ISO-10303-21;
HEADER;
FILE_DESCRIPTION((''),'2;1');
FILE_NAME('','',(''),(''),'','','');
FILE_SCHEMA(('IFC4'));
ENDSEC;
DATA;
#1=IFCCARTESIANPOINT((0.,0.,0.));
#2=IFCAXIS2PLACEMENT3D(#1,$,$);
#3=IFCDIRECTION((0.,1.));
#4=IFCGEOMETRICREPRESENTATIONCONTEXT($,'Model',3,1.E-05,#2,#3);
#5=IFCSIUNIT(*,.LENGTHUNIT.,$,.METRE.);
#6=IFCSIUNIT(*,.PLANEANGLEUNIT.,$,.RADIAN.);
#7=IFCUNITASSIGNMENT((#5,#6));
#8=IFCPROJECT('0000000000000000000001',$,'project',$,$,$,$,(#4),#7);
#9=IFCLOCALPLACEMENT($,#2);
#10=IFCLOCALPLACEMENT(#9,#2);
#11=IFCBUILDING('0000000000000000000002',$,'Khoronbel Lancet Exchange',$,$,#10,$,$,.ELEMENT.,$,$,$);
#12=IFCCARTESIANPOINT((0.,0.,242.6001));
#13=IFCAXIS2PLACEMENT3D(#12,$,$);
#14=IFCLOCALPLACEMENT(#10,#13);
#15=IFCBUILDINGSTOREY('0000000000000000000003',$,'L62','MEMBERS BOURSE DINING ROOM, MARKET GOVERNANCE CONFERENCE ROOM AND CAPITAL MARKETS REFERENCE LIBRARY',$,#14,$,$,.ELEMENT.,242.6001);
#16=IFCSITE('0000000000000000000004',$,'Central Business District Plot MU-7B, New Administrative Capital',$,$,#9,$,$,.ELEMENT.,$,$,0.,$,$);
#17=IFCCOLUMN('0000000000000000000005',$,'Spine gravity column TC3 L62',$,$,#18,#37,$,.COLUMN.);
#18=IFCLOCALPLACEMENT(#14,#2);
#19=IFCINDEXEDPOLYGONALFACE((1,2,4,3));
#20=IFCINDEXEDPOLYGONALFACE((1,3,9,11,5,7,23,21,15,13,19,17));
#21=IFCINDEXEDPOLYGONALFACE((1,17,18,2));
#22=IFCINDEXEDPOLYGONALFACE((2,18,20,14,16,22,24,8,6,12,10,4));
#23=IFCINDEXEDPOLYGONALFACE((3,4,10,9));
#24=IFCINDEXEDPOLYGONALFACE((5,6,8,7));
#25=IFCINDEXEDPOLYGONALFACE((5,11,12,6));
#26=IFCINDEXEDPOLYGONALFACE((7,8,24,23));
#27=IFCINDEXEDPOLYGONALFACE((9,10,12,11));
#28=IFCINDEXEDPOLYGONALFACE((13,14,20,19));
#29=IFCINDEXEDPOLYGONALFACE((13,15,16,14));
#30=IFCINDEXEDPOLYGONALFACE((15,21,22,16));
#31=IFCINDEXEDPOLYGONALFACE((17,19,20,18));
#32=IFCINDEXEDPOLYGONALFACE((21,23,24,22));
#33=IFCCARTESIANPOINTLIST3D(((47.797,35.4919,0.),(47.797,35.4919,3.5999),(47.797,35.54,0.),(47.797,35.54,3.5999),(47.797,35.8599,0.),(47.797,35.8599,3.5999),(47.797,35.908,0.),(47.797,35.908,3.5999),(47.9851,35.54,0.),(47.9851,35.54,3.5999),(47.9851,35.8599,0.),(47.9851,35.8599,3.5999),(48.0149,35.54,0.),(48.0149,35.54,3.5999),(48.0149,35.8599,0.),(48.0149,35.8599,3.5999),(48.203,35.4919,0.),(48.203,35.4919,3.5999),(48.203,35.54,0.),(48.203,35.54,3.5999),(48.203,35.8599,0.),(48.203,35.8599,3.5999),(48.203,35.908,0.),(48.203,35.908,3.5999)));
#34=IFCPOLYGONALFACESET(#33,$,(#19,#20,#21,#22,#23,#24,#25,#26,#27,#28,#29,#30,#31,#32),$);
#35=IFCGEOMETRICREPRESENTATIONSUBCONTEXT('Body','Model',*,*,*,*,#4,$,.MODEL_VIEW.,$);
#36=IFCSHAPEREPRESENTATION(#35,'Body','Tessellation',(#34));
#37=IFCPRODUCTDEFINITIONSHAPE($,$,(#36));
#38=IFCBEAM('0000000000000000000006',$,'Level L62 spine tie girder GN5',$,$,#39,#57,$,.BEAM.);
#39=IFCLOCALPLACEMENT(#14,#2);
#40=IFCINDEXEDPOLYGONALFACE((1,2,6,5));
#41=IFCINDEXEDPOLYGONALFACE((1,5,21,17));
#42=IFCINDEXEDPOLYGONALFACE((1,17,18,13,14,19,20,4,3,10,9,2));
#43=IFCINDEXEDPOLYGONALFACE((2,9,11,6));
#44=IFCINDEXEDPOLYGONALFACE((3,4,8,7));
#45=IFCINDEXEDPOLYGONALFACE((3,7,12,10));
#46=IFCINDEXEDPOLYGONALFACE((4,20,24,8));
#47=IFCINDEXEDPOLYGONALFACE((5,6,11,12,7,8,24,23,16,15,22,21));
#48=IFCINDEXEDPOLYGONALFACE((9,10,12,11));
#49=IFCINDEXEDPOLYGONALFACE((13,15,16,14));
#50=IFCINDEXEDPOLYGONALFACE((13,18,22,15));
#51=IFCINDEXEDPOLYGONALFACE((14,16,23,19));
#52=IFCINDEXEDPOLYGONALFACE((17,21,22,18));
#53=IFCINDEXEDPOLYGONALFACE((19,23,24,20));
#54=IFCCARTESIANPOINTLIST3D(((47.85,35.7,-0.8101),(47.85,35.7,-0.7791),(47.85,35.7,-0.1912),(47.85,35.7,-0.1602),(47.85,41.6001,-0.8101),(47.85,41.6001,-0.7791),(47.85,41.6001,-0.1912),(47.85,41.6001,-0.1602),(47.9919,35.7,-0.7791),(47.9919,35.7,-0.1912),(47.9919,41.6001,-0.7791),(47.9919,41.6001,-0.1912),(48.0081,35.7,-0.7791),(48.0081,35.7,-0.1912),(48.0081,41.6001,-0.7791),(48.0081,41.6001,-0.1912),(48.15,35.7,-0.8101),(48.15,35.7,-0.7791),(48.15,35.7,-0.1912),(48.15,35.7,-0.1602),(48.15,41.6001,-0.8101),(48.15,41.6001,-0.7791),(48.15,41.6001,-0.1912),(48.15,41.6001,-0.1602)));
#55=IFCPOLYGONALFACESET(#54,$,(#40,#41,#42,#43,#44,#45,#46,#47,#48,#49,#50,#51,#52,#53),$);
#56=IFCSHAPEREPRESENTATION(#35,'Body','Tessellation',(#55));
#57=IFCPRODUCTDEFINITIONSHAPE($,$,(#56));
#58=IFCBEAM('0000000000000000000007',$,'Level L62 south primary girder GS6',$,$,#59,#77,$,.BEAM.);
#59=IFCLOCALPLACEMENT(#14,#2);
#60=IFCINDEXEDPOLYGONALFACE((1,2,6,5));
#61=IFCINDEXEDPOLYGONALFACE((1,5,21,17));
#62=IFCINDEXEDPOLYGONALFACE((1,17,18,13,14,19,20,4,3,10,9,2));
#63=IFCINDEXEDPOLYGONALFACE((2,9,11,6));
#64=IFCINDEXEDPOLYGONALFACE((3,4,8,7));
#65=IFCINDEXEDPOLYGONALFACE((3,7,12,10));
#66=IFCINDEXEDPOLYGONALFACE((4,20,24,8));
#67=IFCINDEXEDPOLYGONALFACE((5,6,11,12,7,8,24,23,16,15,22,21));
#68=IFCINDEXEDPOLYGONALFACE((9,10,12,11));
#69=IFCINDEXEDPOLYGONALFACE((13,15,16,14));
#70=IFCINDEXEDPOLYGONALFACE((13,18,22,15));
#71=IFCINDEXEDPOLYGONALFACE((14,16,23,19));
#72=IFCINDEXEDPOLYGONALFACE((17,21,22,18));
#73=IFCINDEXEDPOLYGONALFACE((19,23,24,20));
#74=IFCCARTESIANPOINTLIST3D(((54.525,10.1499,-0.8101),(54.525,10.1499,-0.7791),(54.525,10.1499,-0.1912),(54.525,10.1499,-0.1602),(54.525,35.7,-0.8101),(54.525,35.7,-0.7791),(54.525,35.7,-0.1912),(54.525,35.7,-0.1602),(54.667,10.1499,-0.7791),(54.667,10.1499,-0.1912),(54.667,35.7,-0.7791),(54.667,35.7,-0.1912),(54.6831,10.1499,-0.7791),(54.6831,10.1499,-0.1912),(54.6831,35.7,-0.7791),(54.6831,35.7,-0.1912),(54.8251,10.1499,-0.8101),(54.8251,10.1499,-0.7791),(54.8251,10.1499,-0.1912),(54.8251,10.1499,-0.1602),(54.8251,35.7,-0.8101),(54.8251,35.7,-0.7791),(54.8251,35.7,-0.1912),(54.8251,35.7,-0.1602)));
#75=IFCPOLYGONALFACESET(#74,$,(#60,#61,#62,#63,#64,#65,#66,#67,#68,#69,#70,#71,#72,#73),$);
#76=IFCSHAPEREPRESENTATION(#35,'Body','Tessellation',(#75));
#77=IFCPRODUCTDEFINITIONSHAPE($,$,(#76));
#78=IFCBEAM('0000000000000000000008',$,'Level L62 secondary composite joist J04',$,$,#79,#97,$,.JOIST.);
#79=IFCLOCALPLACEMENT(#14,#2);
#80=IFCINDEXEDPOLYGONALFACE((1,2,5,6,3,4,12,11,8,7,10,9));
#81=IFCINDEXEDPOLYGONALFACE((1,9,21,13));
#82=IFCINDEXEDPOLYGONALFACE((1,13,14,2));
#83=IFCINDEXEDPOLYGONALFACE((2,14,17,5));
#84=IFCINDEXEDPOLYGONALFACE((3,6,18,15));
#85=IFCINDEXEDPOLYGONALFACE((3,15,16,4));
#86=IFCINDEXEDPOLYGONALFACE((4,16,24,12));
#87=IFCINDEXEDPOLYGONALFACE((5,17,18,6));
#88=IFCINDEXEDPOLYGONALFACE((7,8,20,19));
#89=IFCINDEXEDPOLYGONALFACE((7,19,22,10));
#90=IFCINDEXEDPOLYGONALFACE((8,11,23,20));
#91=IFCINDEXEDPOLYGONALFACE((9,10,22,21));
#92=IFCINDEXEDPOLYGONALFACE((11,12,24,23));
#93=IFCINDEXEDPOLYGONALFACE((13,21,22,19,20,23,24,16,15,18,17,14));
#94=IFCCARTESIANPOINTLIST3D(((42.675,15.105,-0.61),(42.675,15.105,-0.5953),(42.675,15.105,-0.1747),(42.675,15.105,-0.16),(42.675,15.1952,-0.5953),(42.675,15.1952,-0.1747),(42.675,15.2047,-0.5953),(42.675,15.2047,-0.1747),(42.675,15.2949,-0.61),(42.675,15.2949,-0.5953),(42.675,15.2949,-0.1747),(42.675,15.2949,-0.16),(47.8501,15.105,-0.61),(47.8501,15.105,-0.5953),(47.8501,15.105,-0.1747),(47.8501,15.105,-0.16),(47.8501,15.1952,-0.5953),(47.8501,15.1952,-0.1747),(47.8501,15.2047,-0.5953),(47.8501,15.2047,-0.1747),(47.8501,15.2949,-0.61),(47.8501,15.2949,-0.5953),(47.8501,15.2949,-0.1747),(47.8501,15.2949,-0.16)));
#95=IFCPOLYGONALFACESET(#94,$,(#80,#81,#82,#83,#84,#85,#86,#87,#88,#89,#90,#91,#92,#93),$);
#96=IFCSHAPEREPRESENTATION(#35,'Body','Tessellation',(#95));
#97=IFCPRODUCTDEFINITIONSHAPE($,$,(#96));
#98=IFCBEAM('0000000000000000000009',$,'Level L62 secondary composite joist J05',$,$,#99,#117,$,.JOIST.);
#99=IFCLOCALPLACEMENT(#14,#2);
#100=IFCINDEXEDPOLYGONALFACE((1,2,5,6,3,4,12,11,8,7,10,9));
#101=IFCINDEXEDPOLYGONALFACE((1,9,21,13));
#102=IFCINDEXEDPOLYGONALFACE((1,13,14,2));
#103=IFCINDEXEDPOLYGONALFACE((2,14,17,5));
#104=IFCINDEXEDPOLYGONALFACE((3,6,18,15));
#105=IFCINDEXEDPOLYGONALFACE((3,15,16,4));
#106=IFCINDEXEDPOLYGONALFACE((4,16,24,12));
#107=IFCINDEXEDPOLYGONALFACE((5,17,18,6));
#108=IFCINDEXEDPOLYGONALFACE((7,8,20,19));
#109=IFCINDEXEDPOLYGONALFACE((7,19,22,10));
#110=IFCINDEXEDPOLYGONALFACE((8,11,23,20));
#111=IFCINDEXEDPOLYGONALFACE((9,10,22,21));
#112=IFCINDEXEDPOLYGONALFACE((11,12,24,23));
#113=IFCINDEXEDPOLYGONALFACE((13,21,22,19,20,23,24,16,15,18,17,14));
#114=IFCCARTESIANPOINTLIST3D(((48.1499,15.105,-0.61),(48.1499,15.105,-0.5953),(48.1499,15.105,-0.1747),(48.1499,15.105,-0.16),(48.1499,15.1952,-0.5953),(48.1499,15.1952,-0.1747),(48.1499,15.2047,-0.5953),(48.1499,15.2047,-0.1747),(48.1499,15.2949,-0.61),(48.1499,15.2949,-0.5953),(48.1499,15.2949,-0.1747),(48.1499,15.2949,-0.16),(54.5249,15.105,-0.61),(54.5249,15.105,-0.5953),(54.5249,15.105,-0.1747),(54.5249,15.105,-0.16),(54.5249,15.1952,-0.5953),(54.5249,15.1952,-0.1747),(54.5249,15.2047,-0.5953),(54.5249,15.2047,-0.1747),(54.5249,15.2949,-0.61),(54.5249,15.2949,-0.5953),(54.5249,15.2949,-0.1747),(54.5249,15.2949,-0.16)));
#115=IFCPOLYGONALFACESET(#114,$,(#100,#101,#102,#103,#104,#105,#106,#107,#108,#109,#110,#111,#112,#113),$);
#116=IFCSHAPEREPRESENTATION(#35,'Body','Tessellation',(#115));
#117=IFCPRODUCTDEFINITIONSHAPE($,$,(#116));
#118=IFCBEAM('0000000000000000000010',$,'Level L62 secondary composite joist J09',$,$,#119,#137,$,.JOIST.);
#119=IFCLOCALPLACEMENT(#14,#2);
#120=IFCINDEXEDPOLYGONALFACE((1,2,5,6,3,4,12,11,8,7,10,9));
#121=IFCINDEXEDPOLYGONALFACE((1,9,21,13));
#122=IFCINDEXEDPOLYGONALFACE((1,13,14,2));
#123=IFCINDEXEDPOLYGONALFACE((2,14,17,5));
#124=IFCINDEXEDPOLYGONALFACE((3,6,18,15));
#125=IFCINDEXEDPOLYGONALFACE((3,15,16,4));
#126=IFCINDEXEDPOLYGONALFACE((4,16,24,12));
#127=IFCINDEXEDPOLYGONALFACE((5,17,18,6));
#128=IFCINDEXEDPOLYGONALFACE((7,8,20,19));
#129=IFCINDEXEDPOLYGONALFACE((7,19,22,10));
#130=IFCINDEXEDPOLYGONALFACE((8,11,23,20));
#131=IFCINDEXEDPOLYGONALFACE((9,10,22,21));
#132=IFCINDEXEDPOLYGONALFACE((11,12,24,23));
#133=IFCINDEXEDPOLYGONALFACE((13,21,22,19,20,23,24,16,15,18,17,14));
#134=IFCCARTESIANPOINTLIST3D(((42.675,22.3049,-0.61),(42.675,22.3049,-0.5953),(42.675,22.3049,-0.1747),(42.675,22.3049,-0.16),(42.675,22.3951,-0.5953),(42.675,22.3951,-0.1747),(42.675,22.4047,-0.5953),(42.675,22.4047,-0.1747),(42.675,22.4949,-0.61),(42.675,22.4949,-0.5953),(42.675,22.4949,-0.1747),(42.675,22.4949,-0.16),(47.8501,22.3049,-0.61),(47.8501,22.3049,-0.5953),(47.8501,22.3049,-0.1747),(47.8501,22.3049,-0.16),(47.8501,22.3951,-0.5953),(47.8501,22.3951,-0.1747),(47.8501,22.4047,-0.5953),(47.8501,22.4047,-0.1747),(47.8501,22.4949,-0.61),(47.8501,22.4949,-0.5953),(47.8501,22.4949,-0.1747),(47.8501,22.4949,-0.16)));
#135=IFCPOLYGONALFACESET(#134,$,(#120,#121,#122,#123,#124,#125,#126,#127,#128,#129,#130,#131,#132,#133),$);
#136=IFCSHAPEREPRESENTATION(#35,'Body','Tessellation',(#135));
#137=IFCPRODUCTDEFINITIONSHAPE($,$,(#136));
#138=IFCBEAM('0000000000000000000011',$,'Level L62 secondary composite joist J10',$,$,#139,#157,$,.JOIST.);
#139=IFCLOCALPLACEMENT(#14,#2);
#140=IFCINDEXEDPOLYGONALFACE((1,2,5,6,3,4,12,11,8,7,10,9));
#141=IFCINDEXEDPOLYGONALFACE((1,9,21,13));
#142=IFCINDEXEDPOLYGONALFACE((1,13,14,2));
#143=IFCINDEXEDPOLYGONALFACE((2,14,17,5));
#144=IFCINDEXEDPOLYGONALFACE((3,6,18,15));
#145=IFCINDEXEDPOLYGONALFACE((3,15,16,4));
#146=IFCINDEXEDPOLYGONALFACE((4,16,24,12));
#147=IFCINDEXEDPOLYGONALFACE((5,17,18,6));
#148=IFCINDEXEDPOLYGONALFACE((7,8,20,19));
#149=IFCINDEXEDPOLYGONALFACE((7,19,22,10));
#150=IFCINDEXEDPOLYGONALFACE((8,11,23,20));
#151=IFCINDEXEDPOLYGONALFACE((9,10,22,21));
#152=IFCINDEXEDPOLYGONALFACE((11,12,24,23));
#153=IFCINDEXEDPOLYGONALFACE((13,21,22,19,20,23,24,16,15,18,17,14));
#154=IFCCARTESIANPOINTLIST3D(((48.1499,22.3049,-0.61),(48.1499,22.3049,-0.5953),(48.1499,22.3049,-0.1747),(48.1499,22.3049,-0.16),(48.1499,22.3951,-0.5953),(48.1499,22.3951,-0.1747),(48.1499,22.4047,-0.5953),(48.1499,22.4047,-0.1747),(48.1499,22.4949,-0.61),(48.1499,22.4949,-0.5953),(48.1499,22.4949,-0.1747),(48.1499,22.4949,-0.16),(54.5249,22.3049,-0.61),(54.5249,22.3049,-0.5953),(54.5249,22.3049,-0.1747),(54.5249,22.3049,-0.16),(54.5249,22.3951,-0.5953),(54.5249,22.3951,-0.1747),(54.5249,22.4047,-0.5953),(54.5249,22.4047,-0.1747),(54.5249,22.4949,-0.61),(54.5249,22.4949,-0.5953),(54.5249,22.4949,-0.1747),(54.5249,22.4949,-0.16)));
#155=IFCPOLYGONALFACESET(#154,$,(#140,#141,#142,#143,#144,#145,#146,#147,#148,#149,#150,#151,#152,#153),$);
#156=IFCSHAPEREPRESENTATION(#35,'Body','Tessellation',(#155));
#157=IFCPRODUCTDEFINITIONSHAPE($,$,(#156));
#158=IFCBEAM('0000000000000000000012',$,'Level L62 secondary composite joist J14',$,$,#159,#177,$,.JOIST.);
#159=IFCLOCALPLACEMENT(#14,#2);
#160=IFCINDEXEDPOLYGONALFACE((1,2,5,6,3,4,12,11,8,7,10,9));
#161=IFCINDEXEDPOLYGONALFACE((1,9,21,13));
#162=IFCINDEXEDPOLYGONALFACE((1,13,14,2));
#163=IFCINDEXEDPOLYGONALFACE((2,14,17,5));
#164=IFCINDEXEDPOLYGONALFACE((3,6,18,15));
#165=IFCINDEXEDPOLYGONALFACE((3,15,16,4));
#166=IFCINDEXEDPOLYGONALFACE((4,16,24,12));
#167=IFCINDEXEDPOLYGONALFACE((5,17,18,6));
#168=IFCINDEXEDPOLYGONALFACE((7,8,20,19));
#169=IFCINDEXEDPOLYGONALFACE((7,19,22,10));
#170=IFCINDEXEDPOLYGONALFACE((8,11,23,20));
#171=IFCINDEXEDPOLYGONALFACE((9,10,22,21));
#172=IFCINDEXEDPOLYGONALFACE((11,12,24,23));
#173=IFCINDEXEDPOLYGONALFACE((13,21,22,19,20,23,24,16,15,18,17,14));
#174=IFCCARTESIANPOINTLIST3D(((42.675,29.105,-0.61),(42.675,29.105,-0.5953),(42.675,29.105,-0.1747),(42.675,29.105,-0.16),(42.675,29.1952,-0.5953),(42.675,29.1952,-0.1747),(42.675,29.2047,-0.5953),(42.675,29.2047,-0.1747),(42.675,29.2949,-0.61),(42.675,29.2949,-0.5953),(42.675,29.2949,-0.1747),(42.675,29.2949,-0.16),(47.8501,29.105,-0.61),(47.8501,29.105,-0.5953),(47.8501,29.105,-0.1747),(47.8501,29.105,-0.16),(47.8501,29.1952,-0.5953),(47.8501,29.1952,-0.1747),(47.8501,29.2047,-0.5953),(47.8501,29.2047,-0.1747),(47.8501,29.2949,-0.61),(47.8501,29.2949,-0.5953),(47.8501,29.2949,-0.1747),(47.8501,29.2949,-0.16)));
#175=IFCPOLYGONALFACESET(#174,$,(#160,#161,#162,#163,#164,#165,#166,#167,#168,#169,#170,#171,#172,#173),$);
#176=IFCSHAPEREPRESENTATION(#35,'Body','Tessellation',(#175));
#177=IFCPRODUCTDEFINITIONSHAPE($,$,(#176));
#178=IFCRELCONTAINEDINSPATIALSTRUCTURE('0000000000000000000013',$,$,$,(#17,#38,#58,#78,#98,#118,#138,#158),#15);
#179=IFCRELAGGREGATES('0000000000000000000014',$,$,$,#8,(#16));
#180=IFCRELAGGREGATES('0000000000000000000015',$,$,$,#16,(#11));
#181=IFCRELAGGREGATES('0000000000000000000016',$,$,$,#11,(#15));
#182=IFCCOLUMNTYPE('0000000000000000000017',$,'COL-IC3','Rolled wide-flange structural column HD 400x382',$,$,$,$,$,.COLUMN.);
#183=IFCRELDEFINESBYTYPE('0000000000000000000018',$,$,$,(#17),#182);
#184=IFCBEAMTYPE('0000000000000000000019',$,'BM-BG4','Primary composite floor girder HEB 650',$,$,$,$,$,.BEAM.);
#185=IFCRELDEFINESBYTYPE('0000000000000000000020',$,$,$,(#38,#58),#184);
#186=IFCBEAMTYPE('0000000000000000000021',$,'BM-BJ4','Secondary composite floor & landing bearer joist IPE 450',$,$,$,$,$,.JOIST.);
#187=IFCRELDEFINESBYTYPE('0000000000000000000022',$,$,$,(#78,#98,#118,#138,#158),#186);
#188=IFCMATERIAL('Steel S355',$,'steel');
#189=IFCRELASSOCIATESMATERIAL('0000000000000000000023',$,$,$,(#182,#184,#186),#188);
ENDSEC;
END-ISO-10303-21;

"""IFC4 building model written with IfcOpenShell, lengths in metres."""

from ifc_helpers import new_model, si_unit, direction, frame, origin, origin_2d, place, context, subcontext, project, spatial, i_section, extrude, material, material_profile, profile_set, type_object, element, save


model = new_model("IFC4")

# Units and contexts
model_context = context("Model", 3, precision=1e-05, world=origin(), true_north=direction((0.0, 1.0)))
body_context = subcontext(model_context, "Body", "Model", "MODEL_VIEW")
ifc_project = project(units=[si_unit("LENGTHUNIT", "METRE"), si_unit("PLANEANGLEUNIT", "RADIAN")], contexts=[model_context])

# Site, building, storey
site_placement = place(None, origin())
site = spatial("IfcSite", under=ifc_project, at=site_placement, Name="Central Business District Plot MU-7B, New Administrative Capital", CompositionType="ELEMENT", RefElevation=0.0)
building_placement = place(site_placement, origin())
building = spatial("IfcBuilding", under=site, at=building_placement, Name="Khoronbel Lancet Exchange", CompositionType="ELEMENT")
storey_placement = place(building_placement, frame((0.0, 0.0, 242.6001)))
storey = spatial("IfcBuildingStorey", under=building, at=storey_placement, Name="L62", Description="MEMBERS BOURSE DINING ROOM, MARKET GOVERNANCE CONFERENCE ROOM AND CAPITAL MARKETS REFERENCE LIBRARY", CompositionType="ELEMENT", Elevation=242.6001)

# Column
ifc_material_1 = material(Name="Steel S355", Category="steel")
ifc_material_profile_1 = material_profile(ifc_material_1, i_section(OverallWidth=0.406, OverallDepth=0.416, WebThickness=0.0298, FlangeThickness=0.0481, at=origin_2d()), Name="HD 400x382")
ifc_profile_set_1 = profile_set([ifc_material_profile_1], Name="Steel S355")
column_type = type_object("IfcColumnType", Name="COL-IC3", Description="Rolled wide-flange structural column HD 400x382", PredefinedType="COLUMN", material=ifc_profile_set_1)
column_placement = place(storey_placement, frame((48.0, 35.7, 0.0), z_axis=(0.0, 0.0, 1.0), x_axis=(1.0, 0.0, 0.0)))
element("IfcColumn", 1, at=column_placement, inside=storey, type_object=column_type, Name="Spine gravity column TC3 L62", PredefinedType="COLUMN", context=body_context, shape_type="SweptSolid", body=[
    extrude(i_section(OverallWidth=0.406, OverallDepth=0.416, WebThickness=0.0298, FlangeThickness=0.0481, at=origin_2d()), origin(), (0.0, 0.0, 1.0), 3.5999),
])

# Beams
ifc_material_profile_2 = material_profile(ifc_material_1, i_section(OverallWidth=0.3, OverallDepth=0.6499, WebThickness=0.0161, FlangeThickness=0.031, at=origin_2d()), Name="HEB 650")
ifc_profile_set_2 = profile_set([ifc_material_profile_2], Name="Steel S355")
beam_type_1 = type_object("IfcBeamType", Name="BM-BG4", Description="Primary composite floor girder HEB 650", PredefinedType="BEAM", material=ifc_profile_set_2)
beam_1_placement = place(storey_placement, frame((48.0, 35.7, -0.4851), z_axis=(0.0, 1.0, 0.0), x_axis=(-1.0, 0.0, 0.0)))
element("IfcBeam", 2, at=beam_1_placement, inside=storey, type_object=beam_type_1, Name="Level L62 spine tie girder GN5", PredefinedType="BEAM", context=body_context, shape_type="SweptSolid", body=[
    extrude(i_section(OverallWidth=0.3, OverallDepth=0.6499, WebThickness=0.0161, FlangeThickness=0.031, at=origin_2d()), origin(), (0.0, 0.0, 1.0), 5.9001),
])
beam_2_placement = place(storey_placement, frame((54.675, 10.1499, -0.4851), z_axis=(0.0, 1.0, 0.0), x_axis=(-1.0, 0.0, 0.0)))
element("IfcBeam", 3, at=beam_2_placement, inside=storey, type_object=beam_type_1, Name="Level L62 south primary girder GS6", PredefinedType="BEAM", context=body_context, shape_type="SweptSolid", body=[
    extrude(i_section(OverallWidth=0.3, OverallDepth=0.6499, WebThickness=0.0161, FlangeThickness=0.031, at=origin_2d()), origin(), (0.0, 0.0, 1.0), 25.55),
])
ifc_material_profile_3 = material_profile(ifc_material_1, i_section(OverallWidth=0.1899, OverallDepth=0.45, WebThickness=0.0095, FlangeThickness=0.0146, at=origin_2d()), Name="IPE 450")
ifc_profile_set_3 = profile_set([ifc_material_profile_3], Name="Steel S355")
beam_type_2 = type_object("IfcBeamType", Name="BM-BJ4", Description="Secondary composite floor & landing bearer joist IPE 450", PredefinedType="JOIST", material=ifc_profile_set_3)
beam_3_placement = place(storey_placement, frame((42.675, 15.2, -0.385), z_axis=(1.0, 0.0, 0.0), x_axis=(0.0, 1.0, 0.0)))
element("IfcBeam", 4, at=beam_3_placement, inside=storey, type_object=beam_type_2, Name="Level L62 secondary composite joist J04", PredefinedType="JOIST", context=body_context, shape_type="SweptSolid", body=[
    extrude(i_section(OverallWidth=0.1899, OverallDepth=0.45, WebThickness=0.0095, FlangeThickness=0.0146, at=origin_2d()), origin(), (0.0, 0.0, 1.0), 5.175),
])
beam_4_placement = place(storey_placement, frame((48.1499, 15.2, -0.385), z_axis=(1.0, 0.0, 0.0), x_axis=(0.0, 1.0, 0.0)))
element("IfcBeam", 5, at=beam_4_placement, inside=storey, type_object=beam_type_2, Name="Level L62 secondary composite joist J05", PredefinedType="JOIST", context=body_context, shape_type="SweptSolid", body=[
    extrude(i_section(OverallWidth=0.1899, OverallDepth=0.45, WebThickness=0.0095, FlangeThickness=0.0146, at=origin_2d()), origin(), (0.0, 0.0, 1.0), 6.375),
])
beam_5_placement = place(storey_placement, frame((42.675, 22.3999, -0.385), z_axis=(1.0, 0.0, 0.0), x_axis=(0.0, 1.0, 0.0)))
element("IfcBeam", 6, at=beam_5_placement, inside=storey, type_object=beam_type_2, Name="Level L62 secondary composite joist J09", PredefinedType="JOIST", context=body_context, shape_type="SweptSolid", body=[
    extrude(i_section(OverallWidth=0.1899, OverallDepth=0.45, WebThickness=0.0095, FlangeThickness=0.0146, at=origin_2d()), origin(), (0.0, 0.0, 1.0), 5.175),
])
beam_6_placement = place(storey_placement, frame((48.1499, 22.3999, -0.385), z_axis=(1.0, 0.0, 0.0), x_axis=(0.0, 1.0, 0.0)))
element("IfcBeam", 7, at=beam_6_placement, inside=storey, type_object=beam_type_2, Name="Level L62 secondary composite joist J10", PredefinedType="JOIST", context=body_context, shape_type="SweptSolid", body=[
    extrude(i_section(OverallWidth=0.1899, OverallDepth=0.45, WebThickness=0.0095, FlangeThickness=0.0146, at=origin_2d()), origin(), (0.0, 0.0, 1.0), 6.375),
])
beam_7_placement = place(storey_placement, frame((42.675, 29.2, -0.385), z_axis=(1.0, 0.0, 0.0), x_axis=(0.0, 1.0, 0.0)))
element("IfcBeam", 8, at=beam_7_placement, inside=storey, type_object=beam_type_2, Name="Level L62 secondary composite joist J14", PredefinedType="JOIST", context=body_context, shape_type="SweptSolid", body=[
    extrude(i_section(OverallWidth=0.1899, OverallDepth=0.45, WebThickness=0.0095, FlangeThickness=0.0146, at=origin_2d()), origin(), (0.0, 0.0, 1.0), 5.175),
])

save(model, "model.ifc")
